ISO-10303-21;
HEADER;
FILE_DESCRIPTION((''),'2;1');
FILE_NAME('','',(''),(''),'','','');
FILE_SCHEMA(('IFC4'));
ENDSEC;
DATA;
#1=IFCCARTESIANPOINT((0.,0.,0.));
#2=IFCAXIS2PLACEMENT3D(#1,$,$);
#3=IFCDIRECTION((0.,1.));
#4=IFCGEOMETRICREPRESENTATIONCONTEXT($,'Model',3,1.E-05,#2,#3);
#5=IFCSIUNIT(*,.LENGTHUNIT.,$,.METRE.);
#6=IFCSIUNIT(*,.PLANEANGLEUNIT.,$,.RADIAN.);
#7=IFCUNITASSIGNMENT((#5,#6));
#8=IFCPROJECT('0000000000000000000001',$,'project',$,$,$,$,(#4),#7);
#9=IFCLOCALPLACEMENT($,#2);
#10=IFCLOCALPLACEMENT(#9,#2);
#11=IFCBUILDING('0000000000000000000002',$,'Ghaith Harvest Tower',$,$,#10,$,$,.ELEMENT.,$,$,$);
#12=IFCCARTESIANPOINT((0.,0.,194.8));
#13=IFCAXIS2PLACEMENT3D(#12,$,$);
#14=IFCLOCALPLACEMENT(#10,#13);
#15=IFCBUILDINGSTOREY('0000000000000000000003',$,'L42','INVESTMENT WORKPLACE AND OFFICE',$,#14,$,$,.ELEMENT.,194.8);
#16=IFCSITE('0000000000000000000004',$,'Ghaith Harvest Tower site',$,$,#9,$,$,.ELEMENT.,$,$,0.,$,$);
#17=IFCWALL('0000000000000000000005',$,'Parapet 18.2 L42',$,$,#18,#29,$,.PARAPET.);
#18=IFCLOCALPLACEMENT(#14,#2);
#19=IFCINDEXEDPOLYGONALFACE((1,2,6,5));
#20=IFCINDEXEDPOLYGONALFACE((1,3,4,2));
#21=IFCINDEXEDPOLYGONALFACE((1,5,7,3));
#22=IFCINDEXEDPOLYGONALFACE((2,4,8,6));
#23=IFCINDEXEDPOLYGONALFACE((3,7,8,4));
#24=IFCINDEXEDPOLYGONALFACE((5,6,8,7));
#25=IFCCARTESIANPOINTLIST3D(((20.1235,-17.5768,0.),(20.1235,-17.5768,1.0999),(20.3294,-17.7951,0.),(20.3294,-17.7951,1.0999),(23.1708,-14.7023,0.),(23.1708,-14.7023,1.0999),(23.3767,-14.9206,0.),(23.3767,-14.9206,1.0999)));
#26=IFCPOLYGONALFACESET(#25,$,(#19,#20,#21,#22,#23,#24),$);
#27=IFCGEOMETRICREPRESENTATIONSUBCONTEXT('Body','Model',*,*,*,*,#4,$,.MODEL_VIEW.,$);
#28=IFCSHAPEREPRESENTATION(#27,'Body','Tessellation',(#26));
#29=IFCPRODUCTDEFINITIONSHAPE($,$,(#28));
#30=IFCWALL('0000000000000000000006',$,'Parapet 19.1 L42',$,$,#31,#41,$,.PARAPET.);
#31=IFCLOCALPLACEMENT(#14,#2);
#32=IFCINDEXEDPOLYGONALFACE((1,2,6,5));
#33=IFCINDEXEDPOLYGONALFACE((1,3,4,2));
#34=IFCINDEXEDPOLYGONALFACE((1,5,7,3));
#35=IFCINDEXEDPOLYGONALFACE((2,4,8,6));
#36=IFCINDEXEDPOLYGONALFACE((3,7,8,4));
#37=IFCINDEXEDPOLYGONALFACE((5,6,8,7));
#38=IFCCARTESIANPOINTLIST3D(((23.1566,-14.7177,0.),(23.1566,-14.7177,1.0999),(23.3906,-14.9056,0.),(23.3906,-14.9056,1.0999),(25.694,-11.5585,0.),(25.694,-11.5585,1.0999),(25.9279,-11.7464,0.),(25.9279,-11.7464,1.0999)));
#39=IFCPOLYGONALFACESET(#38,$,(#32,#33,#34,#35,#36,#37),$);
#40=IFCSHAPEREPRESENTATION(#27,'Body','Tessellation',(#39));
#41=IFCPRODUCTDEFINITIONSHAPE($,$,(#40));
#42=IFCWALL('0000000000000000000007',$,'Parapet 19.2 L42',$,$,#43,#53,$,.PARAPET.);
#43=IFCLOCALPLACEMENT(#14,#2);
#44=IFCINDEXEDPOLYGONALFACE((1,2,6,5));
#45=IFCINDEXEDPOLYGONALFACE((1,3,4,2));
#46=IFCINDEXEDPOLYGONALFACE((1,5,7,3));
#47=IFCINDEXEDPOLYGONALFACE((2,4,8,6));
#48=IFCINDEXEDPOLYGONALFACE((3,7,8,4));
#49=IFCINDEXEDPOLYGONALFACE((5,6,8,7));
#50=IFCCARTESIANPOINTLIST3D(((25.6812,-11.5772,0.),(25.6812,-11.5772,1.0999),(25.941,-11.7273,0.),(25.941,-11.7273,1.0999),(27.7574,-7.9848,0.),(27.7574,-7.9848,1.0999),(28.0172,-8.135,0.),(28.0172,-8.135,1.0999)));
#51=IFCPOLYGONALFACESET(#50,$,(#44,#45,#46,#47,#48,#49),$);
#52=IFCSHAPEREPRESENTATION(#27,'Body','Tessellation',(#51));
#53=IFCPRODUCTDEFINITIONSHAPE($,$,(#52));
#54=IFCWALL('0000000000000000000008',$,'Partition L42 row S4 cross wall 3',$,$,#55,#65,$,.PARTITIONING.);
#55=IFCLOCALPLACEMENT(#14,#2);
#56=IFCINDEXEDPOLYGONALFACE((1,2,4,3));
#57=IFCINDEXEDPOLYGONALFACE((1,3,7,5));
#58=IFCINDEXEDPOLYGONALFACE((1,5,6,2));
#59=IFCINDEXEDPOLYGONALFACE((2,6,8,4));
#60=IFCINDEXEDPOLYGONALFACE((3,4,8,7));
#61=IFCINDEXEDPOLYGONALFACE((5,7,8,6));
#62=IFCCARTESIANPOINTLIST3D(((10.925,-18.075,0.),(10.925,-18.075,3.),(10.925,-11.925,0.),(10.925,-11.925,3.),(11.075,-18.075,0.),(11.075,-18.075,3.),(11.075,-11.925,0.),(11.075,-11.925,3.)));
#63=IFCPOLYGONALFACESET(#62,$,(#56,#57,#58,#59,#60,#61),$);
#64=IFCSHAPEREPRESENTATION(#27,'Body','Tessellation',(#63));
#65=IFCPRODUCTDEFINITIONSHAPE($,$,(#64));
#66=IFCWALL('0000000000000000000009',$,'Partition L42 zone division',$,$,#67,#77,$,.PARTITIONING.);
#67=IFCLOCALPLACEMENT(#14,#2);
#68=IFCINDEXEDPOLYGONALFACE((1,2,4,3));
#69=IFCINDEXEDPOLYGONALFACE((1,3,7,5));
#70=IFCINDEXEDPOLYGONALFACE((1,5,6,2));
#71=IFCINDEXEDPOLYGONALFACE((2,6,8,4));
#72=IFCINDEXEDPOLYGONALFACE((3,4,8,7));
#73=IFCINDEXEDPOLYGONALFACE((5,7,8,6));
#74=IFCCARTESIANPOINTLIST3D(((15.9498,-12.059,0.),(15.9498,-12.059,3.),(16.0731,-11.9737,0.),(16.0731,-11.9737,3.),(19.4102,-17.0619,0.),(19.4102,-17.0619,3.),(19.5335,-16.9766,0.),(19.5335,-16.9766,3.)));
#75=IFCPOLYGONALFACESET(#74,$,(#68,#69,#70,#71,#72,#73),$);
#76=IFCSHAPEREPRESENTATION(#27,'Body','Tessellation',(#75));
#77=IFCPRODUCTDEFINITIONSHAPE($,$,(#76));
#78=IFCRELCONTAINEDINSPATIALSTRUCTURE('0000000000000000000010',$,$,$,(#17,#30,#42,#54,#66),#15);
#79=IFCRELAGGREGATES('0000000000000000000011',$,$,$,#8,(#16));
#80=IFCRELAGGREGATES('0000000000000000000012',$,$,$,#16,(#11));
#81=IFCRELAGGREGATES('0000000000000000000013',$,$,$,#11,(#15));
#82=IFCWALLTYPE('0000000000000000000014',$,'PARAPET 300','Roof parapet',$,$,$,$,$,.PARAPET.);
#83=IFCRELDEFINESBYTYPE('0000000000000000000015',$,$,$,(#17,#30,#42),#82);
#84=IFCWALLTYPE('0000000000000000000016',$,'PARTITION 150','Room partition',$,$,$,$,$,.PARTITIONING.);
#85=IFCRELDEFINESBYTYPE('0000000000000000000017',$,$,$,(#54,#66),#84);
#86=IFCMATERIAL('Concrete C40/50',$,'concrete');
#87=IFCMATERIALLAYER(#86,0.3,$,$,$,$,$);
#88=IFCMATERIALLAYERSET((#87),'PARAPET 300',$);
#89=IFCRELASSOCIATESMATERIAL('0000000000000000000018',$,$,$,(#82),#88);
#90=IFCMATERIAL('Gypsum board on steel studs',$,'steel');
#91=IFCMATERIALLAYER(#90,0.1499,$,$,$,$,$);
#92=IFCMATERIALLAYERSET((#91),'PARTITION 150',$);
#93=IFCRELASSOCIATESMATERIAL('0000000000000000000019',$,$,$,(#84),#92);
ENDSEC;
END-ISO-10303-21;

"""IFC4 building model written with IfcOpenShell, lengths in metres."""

from ifc_helpers import new_model, si_unit, direction, frame, frame_2d, origin, place, context, subcontext, project, spatial, rectangle, extrude, material, layer, layer_set, type_object, element, save


model = new_model("IFC4")

# Units and contexts
model_context = context("Model", 3, precision=1e-05, world=origin(), true_north=direction((0.0, 1.0)))
body_context = subcontext(model_context, "Body", "Model", "MODEL_VIEW")
ifc_project = project(units=[si_unit("LENGTHUNIT", "METRE"), si_unit("PLANEANGLEUNIT", "RADIAN")], contexts=[model_context])

# Site, building, storey
site_placement = place(None, origin())
site = spatial("IfcSite", under=ifc_project, at=site_placement, Name="Ghaith Harvest Tower site", CompositionType="ELEMENT", RefElevation=0.0)
building_placement = place(site_placement, origin())
building = spatial("IfcBuilding", under=site, at=building_placement, Name="Ghaith Harvest Tower", CompositionType="ELEMENT")
storey_placement = place(building_placement, frame((0.0, 0.0, 194.8)))
storey = spatial("IfcBuildingStorey", under=building, at=storey_placement, Name="L42", Description="INVESTMENT WORKPLACE AND OFFICE", CompositionType="ELEMENT", Elevation=194.8)

# Walls
ifc_material_1 = material(Name="Concrete C40/50", Category="concrete")
ifc_layer_1 = layer(ifc_material_1, 0.3)
ifc_layer_set_1 = layer_set([ifc_layer_1], Name="PARAPET 300")
wall_type_1 = type_object("IfcWallType", Name="PARAPET 300", Description="Roof parapet", PredefinedType="PARAPET", material=ifc_layer_set_1)
wall_1_placement = place(storey_placement, frame((20.2263, -17.686, 0.0), z_axis=(0.0, 0.0, 1.0), x_axis=(0.727436, 0.686175, 0.0)))
element("IfcWall", 1, at=wall_1_placement, inside=storey, type_object=wall_type_1, Name="Parapet 18.2 L42", PredefinedType="PARAPET", context=body_context, shape_type="SweptSolid", body=[
    extrude(rectangle(XDim=4.1892, YDim=0.3, at=frame_2d((2.0947, 0.0))), origin(), (0.0, 0.0, 1.0), 1.0999),
])
wall_2_placement = place(storey_placement, frame((23.2737, -14.8115, 0.0), z_axis=(0.0, 0.0, 1.0), x_axis=(0.6262, 0.779662, 0.0)))
element("IfcWall", 2, at=wall_2_placement, inside=storey, type_object=wall_type_1, Name="Parapet 19.1 L42", PredefinedType="PARAPET", context=body_context, shape_type="SweptSolid", body=[
    extrude(rectangle(XDim=4.052, YDim=0.3, at=frame_2d((2.0259, 0.0))), origin(), (0.0, 0.0, 1.0), 1.0999),
])
wall_3_placement = place(storey_placement, frame((25.811, -11.6523, 0.0), z_axis=(0.0, 0.0, 1.0), x_axis=(0.500391, 0.865799, 0.0)))
element("IfcWall", 3, at=wall_3_placement, inside=storey, type_object=wall_type_1, Name="Parapet 19.2 L42", PredefinedType="PARAPET", context=body_context, shape_type="SweptSolid", body=[
    extrude(rectangle(XDim=4.1492, YDim=0.3, at=frame_2d((2.0747, 0.0))), origin(), (0.0, 0.0, 1.0), 1.0999),
])
ifc_material_2 = material(Name="Gypsum board on steel studs", Category="steel")
ifc_layer_2 = layer(ifc_material_2, 0.1499)
ifc_layer_set_2 = layer_set([ifc_layer_2], Name="PARTITION 150")
wall_type_2 = type_object("IfcWallType", Name="PARTITION 150", Description="Room partition", PredefinedType="PARTITIONING", material=ifc_layer_set_2)
wall_4_placement = place(storey_placement, frame((11.0, -11.925, 0.0), z_axis=(0.0, 0.0, 1.0), x_axis=(0.0, -1.0, 0.0)))
element("IfcWall", 4, at=wall_4_placement, inside=storey, type_object=wall_type_2, Name="Partition L42 row S4 cross wall 3", PredefinedType="PARTITIONING", context=body_context, shape_type="SweptSolid", body=[
    extrude(rectangle(XDim=6.1499, YDim=0.1499, at=frame_2d((3.075, 0.0))), origin(), (0.0, 0.0, 1.0), 3.0),
])
wall_5_placement = place(storey_placement, frame((16.0115, -12.0164, 0.0), z_axis=(0.0, 0.0, 1.0), x_axis=(0.568863, -0.822432, 0.0)))
element("IfcWall", 5, at=wall_5_placement, inside=storey, type_object=wall_type_2, Name="Partition L42 zone division", PredefinedType="PARTITIONING", context=body_context, shape_type="SweptSolid", body=[
    extrude(rectangle(XDim=6.083, YDim=0.1499, at=frame_2d((3.0415, 0.0))), origin(), (0.0, 0.0, 1.0), 3.0),
])

save(model, "model.ifc")
